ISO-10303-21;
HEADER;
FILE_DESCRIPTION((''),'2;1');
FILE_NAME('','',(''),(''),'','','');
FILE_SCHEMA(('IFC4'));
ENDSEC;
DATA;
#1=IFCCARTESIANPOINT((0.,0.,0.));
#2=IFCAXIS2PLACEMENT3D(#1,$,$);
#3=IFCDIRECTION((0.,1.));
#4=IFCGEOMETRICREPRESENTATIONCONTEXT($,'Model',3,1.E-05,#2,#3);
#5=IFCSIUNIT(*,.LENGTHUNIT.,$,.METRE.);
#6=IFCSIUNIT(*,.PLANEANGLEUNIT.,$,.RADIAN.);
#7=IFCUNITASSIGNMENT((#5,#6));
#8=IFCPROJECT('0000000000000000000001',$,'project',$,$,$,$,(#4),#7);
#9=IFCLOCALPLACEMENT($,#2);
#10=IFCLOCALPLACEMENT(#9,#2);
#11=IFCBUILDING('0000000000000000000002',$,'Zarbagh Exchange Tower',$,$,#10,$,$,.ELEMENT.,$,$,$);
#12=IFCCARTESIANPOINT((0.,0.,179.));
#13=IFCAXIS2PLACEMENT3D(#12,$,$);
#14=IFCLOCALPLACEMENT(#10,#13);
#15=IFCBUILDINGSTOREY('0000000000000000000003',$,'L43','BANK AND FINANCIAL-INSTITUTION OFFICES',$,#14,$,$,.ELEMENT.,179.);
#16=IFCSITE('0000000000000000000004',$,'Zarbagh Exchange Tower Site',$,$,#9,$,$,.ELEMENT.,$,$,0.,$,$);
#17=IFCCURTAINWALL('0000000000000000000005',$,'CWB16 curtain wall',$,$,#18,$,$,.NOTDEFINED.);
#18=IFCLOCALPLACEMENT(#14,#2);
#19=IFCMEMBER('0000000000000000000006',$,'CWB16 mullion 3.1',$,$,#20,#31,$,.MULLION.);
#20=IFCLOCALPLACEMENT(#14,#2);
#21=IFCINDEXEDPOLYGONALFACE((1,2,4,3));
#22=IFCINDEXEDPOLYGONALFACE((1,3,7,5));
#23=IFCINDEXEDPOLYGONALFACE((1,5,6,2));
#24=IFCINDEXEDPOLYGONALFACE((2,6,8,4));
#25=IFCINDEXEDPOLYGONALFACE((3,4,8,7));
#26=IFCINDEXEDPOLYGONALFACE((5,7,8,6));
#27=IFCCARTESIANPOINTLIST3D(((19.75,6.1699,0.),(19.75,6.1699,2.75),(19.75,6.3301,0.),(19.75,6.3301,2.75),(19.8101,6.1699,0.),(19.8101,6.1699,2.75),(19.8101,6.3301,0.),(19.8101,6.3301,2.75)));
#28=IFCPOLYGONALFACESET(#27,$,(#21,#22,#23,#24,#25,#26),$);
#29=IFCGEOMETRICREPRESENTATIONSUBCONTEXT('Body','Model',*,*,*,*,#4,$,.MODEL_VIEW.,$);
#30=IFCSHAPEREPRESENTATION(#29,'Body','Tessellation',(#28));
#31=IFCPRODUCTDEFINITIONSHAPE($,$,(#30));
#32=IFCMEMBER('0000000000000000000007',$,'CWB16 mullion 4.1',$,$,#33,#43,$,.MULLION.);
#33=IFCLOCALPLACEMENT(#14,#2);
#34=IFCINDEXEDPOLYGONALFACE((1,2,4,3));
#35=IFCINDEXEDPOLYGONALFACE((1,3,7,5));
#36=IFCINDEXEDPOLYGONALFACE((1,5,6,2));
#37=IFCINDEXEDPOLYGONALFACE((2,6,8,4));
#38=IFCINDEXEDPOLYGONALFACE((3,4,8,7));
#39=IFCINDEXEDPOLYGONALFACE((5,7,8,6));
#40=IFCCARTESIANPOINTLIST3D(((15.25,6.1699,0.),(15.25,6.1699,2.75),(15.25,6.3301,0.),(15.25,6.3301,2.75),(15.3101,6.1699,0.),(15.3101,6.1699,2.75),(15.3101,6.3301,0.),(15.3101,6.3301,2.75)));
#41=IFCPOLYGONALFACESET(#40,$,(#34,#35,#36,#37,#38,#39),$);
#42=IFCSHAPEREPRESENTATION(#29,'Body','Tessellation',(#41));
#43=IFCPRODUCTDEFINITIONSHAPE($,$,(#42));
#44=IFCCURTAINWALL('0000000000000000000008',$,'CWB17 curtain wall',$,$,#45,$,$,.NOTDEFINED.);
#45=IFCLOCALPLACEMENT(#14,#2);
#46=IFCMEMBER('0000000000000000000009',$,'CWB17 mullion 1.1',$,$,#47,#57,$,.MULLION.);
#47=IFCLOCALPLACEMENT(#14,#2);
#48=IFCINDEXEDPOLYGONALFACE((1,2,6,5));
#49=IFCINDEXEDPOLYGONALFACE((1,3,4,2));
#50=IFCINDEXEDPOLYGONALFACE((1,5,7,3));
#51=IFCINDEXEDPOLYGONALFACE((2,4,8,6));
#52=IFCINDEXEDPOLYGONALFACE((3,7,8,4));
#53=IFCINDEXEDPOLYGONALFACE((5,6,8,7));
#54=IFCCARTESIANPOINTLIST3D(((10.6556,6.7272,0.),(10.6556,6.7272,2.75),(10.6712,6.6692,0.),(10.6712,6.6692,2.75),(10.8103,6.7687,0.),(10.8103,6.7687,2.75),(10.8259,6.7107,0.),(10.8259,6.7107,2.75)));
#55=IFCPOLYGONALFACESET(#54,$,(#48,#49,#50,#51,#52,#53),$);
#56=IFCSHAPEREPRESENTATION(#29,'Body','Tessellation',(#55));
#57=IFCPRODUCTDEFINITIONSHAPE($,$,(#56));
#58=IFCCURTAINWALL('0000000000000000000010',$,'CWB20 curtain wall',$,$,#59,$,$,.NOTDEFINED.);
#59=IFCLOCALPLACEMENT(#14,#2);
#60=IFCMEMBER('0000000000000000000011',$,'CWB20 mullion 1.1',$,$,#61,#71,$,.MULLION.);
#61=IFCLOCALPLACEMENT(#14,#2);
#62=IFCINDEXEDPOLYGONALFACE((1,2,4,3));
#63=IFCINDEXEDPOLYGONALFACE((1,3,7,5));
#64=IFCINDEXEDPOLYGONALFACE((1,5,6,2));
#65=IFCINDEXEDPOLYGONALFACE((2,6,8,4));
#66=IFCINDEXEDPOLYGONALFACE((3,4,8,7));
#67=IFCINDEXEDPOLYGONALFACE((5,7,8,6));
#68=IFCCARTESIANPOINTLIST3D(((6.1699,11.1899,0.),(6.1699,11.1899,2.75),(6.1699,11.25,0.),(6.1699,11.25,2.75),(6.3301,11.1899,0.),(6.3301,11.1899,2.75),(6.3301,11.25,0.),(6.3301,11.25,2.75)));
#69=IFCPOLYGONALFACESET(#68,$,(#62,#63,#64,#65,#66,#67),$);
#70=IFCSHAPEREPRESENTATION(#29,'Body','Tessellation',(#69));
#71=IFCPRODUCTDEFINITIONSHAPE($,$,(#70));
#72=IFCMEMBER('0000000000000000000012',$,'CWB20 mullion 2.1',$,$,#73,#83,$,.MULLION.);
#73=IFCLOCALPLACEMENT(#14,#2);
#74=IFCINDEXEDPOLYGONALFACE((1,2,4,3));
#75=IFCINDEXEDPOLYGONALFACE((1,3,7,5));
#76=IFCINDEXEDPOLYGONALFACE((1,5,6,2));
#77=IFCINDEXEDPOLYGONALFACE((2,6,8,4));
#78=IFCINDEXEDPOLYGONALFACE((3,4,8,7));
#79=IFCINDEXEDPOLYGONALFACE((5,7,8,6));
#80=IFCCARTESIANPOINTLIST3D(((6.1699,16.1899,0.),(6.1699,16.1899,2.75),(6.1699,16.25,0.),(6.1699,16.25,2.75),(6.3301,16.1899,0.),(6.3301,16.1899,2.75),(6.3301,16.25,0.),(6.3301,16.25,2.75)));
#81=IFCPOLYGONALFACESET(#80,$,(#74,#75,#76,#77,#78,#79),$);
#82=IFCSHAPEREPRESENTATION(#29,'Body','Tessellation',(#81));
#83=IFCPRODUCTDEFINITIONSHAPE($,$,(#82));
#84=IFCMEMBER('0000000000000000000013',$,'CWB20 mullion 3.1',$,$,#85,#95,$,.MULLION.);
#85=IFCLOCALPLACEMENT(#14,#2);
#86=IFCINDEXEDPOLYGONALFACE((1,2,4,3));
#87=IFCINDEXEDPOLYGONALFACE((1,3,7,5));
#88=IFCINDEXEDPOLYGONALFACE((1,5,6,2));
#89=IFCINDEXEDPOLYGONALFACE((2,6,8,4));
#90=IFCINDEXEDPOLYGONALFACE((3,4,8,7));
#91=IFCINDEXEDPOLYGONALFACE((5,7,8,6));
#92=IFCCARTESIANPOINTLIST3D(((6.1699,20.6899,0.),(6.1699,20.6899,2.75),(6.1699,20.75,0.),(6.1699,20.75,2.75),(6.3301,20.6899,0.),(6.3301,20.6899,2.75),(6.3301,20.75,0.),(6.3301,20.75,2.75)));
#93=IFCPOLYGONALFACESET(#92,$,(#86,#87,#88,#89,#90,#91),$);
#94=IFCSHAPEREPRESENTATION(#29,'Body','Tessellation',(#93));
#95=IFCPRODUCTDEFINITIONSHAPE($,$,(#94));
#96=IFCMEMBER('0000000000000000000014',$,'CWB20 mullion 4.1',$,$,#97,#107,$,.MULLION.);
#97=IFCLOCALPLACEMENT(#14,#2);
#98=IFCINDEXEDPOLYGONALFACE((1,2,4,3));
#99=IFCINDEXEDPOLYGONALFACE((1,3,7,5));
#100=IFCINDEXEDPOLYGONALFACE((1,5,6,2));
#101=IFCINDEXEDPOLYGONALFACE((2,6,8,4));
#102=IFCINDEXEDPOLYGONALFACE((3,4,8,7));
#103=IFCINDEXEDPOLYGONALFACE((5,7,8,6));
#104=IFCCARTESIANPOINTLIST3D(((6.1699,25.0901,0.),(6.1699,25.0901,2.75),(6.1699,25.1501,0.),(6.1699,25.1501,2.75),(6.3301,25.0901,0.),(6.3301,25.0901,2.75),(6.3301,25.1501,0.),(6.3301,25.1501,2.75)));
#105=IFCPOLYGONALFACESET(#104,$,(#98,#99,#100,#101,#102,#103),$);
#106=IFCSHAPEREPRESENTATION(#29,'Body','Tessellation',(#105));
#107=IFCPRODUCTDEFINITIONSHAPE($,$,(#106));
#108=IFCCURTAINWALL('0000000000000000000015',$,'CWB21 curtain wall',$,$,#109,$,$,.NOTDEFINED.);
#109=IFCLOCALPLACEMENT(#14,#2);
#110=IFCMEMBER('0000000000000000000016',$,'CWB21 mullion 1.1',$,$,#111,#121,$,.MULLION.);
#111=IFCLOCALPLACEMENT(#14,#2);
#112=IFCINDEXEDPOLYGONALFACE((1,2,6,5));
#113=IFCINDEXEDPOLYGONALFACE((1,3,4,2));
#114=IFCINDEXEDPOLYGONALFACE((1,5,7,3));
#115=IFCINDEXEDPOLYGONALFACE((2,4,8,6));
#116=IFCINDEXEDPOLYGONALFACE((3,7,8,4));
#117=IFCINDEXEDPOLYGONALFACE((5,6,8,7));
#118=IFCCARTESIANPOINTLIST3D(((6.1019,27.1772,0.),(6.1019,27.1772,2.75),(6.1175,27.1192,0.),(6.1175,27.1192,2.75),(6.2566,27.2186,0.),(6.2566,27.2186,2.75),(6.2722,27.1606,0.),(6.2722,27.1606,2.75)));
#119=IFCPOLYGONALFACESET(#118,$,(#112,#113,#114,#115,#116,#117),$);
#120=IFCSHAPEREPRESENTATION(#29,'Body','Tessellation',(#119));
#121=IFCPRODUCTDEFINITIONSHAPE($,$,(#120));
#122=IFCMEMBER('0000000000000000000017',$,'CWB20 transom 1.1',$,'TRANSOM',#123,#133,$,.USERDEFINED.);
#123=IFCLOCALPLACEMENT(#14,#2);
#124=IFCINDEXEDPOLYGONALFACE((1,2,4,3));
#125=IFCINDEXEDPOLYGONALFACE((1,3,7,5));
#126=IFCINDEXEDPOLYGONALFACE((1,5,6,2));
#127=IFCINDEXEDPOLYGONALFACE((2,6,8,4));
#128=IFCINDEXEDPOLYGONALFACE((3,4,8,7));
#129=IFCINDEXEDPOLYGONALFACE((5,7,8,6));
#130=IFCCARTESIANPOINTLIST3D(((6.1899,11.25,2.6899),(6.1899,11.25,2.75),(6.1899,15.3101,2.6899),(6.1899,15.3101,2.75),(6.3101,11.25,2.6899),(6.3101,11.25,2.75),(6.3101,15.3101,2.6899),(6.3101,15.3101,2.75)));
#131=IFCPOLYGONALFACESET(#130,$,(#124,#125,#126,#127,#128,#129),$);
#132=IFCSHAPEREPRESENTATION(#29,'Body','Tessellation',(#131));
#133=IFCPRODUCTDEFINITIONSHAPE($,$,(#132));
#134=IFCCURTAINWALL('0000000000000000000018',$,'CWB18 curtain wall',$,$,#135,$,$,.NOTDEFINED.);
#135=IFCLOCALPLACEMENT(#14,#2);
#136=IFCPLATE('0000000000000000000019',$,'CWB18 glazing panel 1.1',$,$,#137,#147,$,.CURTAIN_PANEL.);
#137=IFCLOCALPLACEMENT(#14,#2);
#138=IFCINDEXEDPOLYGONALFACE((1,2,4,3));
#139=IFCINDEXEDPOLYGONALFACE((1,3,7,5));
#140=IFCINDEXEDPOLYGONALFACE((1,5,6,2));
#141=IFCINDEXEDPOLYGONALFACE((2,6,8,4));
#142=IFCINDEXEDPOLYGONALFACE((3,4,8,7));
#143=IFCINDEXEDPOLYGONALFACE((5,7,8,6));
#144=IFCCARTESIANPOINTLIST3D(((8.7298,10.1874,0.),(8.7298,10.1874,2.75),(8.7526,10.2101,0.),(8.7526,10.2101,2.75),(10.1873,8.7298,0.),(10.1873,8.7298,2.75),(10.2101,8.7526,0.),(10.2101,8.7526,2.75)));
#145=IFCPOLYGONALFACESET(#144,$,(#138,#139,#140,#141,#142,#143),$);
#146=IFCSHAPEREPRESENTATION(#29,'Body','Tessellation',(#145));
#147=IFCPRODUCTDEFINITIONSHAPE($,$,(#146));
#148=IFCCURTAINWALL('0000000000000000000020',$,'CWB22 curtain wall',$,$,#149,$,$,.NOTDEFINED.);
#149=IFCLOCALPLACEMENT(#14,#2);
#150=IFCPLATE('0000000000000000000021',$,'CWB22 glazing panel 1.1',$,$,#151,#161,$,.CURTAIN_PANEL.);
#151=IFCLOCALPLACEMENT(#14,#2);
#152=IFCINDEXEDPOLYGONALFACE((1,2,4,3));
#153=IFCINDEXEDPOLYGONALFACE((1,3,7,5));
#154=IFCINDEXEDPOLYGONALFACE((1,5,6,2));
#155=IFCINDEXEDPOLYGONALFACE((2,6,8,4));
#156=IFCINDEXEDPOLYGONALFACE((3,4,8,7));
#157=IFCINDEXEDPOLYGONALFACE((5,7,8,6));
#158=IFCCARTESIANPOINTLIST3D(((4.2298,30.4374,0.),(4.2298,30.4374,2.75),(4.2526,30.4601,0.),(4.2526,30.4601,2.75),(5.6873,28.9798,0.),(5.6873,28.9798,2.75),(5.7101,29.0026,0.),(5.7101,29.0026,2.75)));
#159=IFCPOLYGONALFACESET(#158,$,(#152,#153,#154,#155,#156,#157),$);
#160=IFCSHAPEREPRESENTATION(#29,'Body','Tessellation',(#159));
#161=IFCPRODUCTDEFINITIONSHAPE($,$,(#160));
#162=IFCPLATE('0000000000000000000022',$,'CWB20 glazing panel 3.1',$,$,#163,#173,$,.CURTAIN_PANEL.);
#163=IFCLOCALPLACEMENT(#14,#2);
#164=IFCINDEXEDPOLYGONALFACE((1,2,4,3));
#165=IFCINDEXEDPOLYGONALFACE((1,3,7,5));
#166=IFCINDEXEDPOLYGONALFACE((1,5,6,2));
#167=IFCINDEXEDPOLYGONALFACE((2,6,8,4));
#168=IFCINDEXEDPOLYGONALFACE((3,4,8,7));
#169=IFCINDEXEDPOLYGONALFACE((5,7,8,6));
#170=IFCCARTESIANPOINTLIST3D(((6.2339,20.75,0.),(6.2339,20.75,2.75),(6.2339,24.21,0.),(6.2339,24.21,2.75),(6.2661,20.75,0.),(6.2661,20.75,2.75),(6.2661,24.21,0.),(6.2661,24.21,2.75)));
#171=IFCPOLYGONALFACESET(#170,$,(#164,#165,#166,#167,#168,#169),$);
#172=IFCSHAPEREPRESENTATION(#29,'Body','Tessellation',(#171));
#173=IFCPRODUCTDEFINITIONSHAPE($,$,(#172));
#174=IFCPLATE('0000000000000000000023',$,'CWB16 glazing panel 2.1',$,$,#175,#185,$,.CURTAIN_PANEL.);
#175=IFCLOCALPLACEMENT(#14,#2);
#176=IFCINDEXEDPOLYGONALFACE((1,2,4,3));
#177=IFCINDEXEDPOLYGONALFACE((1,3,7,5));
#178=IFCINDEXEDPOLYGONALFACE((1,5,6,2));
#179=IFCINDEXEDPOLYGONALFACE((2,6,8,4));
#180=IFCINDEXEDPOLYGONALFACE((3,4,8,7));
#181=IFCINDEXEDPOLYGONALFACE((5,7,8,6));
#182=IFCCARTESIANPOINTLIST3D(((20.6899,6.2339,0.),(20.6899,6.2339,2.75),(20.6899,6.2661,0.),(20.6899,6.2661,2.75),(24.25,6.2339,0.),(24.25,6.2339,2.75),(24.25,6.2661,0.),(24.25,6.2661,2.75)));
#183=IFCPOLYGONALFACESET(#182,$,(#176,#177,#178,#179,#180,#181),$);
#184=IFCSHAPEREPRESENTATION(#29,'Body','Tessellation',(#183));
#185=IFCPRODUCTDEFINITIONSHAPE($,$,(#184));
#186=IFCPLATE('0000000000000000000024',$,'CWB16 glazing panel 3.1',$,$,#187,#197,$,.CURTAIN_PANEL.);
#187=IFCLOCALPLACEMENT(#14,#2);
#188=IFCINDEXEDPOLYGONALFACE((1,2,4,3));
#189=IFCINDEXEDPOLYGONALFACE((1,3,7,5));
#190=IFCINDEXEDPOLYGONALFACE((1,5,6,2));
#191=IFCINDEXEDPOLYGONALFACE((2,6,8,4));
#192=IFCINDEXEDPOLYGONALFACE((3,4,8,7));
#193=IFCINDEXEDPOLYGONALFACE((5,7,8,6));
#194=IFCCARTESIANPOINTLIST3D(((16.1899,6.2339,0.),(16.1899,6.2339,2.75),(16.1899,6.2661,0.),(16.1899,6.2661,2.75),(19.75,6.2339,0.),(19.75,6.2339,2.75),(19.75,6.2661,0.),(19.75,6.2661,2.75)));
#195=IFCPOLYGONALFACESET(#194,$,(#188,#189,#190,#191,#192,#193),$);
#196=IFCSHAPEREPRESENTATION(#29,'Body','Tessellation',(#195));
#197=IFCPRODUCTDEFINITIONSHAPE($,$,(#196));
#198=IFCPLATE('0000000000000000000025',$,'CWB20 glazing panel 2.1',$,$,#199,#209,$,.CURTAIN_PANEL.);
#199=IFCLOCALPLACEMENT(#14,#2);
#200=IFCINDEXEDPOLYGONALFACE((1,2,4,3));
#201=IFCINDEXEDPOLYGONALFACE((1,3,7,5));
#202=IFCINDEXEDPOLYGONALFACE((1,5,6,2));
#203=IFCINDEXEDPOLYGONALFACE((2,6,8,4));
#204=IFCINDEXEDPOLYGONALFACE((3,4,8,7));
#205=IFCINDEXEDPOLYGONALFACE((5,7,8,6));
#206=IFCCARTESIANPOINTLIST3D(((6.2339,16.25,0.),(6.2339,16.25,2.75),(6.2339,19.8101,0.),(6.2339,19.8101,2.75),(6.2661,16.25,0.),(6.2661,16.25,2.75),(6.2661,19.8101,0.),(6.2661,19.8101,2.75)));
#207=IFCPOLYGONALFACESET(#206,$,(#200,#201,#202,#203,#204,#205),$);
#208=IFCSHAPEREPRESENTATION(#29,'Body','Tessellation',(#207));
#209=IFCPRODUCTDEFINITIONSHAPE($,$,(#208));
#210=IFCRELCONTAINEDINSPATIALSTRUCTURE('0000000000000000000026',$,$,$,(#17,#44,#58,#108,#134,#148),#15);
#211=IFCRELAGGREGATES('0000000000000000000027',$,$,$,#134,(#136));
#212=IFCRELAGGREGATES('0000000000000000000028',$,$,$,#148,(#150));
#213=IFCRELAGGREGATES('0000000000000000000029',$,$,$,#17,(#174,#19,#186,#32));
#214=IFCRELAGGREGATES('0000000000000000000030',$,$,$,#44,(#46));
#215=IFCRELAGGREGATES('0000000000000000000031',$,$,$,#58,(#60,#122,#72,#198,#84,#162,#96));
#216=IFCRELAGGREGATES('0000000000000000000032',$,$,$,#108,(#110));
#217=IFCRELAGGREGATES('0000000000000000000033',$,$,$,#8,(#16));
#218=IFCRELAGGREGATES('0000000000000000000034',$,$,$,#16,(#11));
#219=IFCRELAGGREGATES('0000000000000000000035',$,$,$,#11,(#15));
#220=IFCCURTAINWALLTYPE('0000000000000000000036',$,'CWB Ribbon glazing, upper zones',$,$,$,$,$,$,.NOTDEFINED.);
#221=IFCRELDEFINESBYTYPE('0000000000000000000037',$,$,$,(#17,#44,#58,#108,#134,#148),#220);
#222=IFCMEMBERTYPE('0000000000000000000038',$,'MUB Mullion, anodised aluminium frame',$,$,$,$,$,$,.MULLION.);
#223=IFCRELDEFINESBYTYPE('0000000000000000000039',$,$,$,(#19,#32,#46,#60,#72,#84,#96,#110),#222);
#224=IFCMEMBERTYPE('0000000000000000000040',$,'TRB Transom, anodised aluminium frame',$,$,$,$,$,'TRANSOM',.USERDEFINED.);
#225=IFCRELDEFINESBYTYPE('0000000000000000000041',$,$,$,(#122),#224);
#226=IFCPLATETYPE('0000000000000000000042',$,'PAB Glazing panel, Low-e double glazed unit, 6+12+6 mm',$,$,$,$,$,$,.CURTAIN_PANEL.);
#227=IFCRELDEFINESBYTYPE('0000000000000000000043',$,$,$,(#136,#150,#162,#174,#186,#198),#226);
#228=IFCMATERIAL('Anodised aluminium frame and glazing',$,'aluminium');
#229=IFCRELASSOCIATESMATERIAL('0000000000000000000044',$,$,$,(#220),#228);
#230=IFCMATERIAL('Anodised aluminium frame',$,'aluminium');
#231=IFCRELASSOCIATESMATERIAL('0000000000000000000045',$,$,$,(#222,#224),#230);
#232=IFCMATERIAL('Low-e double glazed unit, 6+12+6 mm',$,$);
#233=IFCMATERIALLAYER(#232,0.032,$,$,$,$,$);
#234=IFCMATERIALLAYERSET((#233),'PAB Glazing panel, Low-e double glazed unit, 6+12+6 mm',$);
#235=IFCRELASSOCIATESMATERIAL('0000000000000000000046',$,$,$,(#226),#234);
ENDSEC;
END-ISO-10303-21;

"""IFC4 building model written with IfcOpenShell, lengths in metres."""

from ifc_helpers import new_model, si_unit, direction, frame, origin, place, context, subcontext, project, spatial, polyline, outline, extrude, source, transform, mapped, material, layer, layer_set, type_object, element, aggregate, save


model = new_model("IFC4")

# Units and contexts
model_context = context("Model", 3, precision=1e-05, world=origin(), true_north=direction((0.0, 1.0)))
body_context = subcontext(model_context, "Body", "Model", "MODEL_VIEW")
ifc_project = project(units=[si_unit("LENGTHUNIT", "METRE"), si_unit("PLANEANGLEUNIT", "RADIAN")], contexts=[model_context])

# Site, building, storey
site_placement = place(None, origin())
site = spatial("IfcSite", under=ifc_project, at=site_placement, Name="Zarbagh Exchange Tower Site", CompositionType="ELEMENT", RefElevation=0.0)
building_placement = place(site_placement, origin())
building = spatial("IfcBuilding", under=site, at=building_placement, Name="Zarbagh Exchange Tower", CompositionType="ELEMENT")
storey_placement = place(building_placement, frame((0.0, 0.0, 179.0)))
storey = spatial("IfcBuildingStorey", under=building, at=storey_placement, Name="L43", Description="BANK AND FINANCIAL-INSTITUTION OFFICES", CompositionType="ELEMENT", Elevation=179.0)

# Curtain wall, members
ifc_material_1 = material(Name="Anodised aluminium frame and glazing", Category="aluminium")
curtain_wall_type = type_object("IfcCurtainWallType", Name="CWB Ribbon glazing, upper zones", PredefinedType="NOTDEFINED", material=ifc_material_1)
curtain_wall_1_placement = place(storey_placement, origin())
curtain_wall_1 = element("IfcCurtainWall", 1, at=curtain_wall_1_placement, inside=storey, type_object=curtain_wall_type, Name="CWB16 curtain wall", PredefinedType="NOTDEFINED")
ifc_material_2 = material(Name="Anodised aluminium frame", Category="aluminium")
member_type_1 = type_object("IfcMemberType", Name="MUB Mullion, anodised aluminium frame", PredefinedType="MULLION", material=ifc_material_2)
shared_shape_1 = source(origin(), body_context, "Body", "SweptSolid", [
    extrude(outline(polyline([(0.0, -0.0801), (0.0601, -0.0801), (0.0601, 0.0801), (0.0, 0.0801), (0.0, -0.0801)])), origin(), (0.0, 0.0, 1.0), 2.75),
])
placement = place(storey_placement, origin())
member_1 = element("IfcMember", 2, at=placement, type_object=member_type_1, Name="CWB16 mullion 3.1", PredefinedType="MULLION", context=body_context, shape_type="MappedRepresentation", body=[
    mapped(shared_shape_1, transform((19.8101, 6.25, 0.0), x_axis=(-1.0, 0.0, 0.0), y_axis=(0.0, -1.0, 0.0), z_axis=(0.0, 0.0, 1.0))),
])
member_2 = element("IfcMember", 3, at=placement, type_object=member_type_1, Name="CWB16 mullion 4.1", PredefinedType="MULLION", context=body_context, shape_type="MappedRepresentation", body=[
    mapped(shared_shape_1, transform((15.3101, 6.25, 0.0), x_axis=(-1.0, 0.0, 0.0), y_axis=(0.0, -1.0, 0.0), z_axis=(0.0, 0.0, 1.0))),
])

# Curtain wall, member
curtain_wall_2_placement = place(storey_placement, origin())
curtain_wall_2 = element("IfcCurtainWall", 4, at=curtain_wall_2_placement, inside=storey, type_object=curtain_wall_type, Name="CWB17 curtain wall", PredefinedType="NOTDEFINED")
member_3 = element("IfcMember", 5, at=placement, type_object=member_type_1, Name="CWB17 mullion 1.1", PredefinedType="MULLION", context=body_context, shape_type="MappedRepresentation", body=[
    mapped(shared_shape_1, transform((10.7485, 6.6899, 0.0), x_axis=(-0.258825, 0.965924, 0.0), y_axis=(-0.965924, -0.258825, 0.0), z_axis=(0.0, 0.0, 1.0))),
])

# Curtain wall, members
curtain_wall_3_placement = place(storey_placement, origin())
curtain_wall_3 = element("IfcCurtainWall", 6, at=curtain_wall_3_placement, inside=storey, type_object=curtain_wall_type, Name="CWB20 curtain wall", PredefinedType="NOTDEFINED")
member_4 = element("IfcMember", 7, at=placement, type_object=member_type_1, Name="CWB20 mullion 1.1", PredefinedType="MULLION", context=body_context, shape_type="MappedRepresentation", body=[
    mapped(shared_shape_1, transform((6.25, 11.1899, 0.0), x_axis=(0.0, 1.0, 0.0), y_axis=(-1.0, 0.0, 0.0), z_axis=(0.0, 0.0, 1.0))),
])
member_5 = element("IfcMember", 8, at=placement, type_object=member_type_1, Name="CWB20 mullion 2.1", PredefinedType="MULLION", context=body_context, shape_type="MappedRepresentation", body=[
    mapped(shared_shape_1, transform((6.25, 16.1899, 0.0), x_axis=(0.0, 1.0, 0.0), y_axis=(-1.0, 0.0, 0.0), z_axis=(0.0, 0.0, 1.0))),
])
member_6 = element("IfcMember", 9, at=placement, type_object=member_type_1, Name="CWB20 mullion 3.1", PredefinedType="MULLION", context=body_context, shape_type="MappedRepresentation", body=[
    mapped(shared_shape_1, transform((6.25, 20.6899, 0.0), x_axis=(0.0, 1.0, 0.0), y_axis=(-1.0, 0.0, 0.0), z_axis=(0.0, 0.0, 1.0))),
])
member_7 = element("IfcMember", 10, at=placement, type_object=member_type_1, Name="CWB20 mullion 4.1", PredefinedType="MULLION", context=body_context, shape_type="MappedRepresentation", body=[
    mapped(shared_shape_1, transform((6.25, 25.0901, 0.0), x_axis=(0.0, 1.0, 0.0), y_axis=(-1.0, 0.0, 0.0), z_axis=(0.0, 0.0, 1.0))),
])

# Curtain wall, member
curtain_wall_4_placement = place(storey_placement, origin())
curtain_wall_4 = element("IfcCurtainWall", 11, at=curtain_wall_4_placement, inside=storey, type_object=curtain_wall_type, Name="CWB21 curtain wall", PredefinedType="NOTDEFINED")
member_8 = element("IfcMember", 12, at=placement, type_object=member_type_1, Name="CWB21 mullion 1.1", PredefinedType="MULLION", context=body_context, shape_type="MappedRepresentation", body=[
    mapped(shared_shape_1, transform((6.1948, 27.1399, 0.0), x_axis=(-0.258825, 0.965924, 0.0), y_axis=(-0.965924, -0.258825, 0.0), z_axis=(0.0, 0.0, 1.0))),
])

# Member
member_type_2 = type_object("IfcMemberType", Name="TRB Transom, anodised aluminium frame", ElementType="TRANSOM", PredefinedType="USERDEFINED", material=ifc_material_2)
shared_shape_2 = source(origin(), body_context, "Body", "SweptSolid", [
    extrude(outline(polyline([(-0.0601, -0.0601), (0.0, -0.0601), (0.0, 0.0601), (-0.0601, 0.0601), (-0.0601, -0.0601)])), origin(), (0.0, 0.0, 1.0), 4.0601),
])
member_9 = element("IfcMember", 13, at=placement, type_object=member_type_2, Name="CWB20 transom 1.1", ObjectType="TRANSOM", PredefinedType="USERDEFINED", context=body_context, shape_type="MappedRepresentation", body=[
    mapped(shared_shape_2, transform((6.25, 11.25, 2.75), x_axis=(0.0, 0.0, 1.0), y_axis=(1.0, 0.0, 0.0), z_axis=(0.0, 1.0, 0.0))),
])

# Curtain walls, plates
curtain_wall_5_placement = place(storey_placement, origin())
curtain_wall_5 = element("IfcCurtainWall", 14, at=curtain_wall_5_placement, inside=storey, type_object=curtain_wall_type, Name="CWB18 curtain wall", PredefinedType="NOTDEFINED")
ifc_material_3 = material(Name="Low-e double glazed unit, 6+12+6 mm")
ifc_layer = layer(ifc_material_3, 0.032)
ifc_layer_set = layer_set([ifc_layer], Name="PAB Glazing panel, Low-e double glazed unit, 6+12+6 mm")
plate_type = type_object("IfcPlateType", Name="PAB Glazing panel, Low-e double glazed unit, 6+12+6 mm", PredefinedType="CURTAIN_PANEL", material=ifc_layer_set)
shared_shape_3 = source(origin(), body_context, "Body", "SweptSolid", [
    extrude(outline(polyline([(0.0, -0.0161), (2.0613, -0.0161), (2.0613, 0.0161), (0.0, 0.0161), (0.0, -0.0161)])), origin(), (0.0, 0.0, 1.0), 2.75),
])
plate_1 = element("IfcPlate", 15, at=placement, type_object=plate_type, Name="CWB18 glazing panel 1.1", PredefinedType="CURTAIN_PANEL", context=body_context, shape_type="MappedRepresentation", body=[
    mapped(shared_shape_3, transform((10.1987, 8.7412, 0.0), x_axis=(-0.707107, 0.707107, 0.0), y_axis=(-0.707107, -0.707107, 0.0), z_axis=(0.0, 0.0, 1.0))),
])
aggregate(curtain_wall_5, [plate_1])
curtain_wall_6_placement = place(storey_placement, origin())
curtain_wall_6 = element("IfcCurtainWall", 16, at=curtain_wall_6_placement, inside=storey, type_object=curtain_wall_type, Name="CWB22 curtain wall", PredefinedType="NOTDEFINED")
plate_2 = element("IfcPlate", 17, at=placement, type_object=plate_type, Name="CWB22 glazing panel 1.1", PredefinedType="CURTAIN_PANEL", context=body_context, shape_type="MappedRepresentation", body=[
    mapped(shared_shape_3, transform((5.6987, 28.9912, 0.0), x_axis=(-0.707107, 0.707107, 0.0), y_axis=(-0.707107, -0.707107, 0.0), z_axis=(0.0, 0.0, 1.0))),
])
aggregate(curtain_wall_6, [plate_2])

# Plates
shared_shape_4 = source(origin(), body_context, "Body", "SweptSolid", [
    extrude(outline(polyline([(0.0, -0.0161), (3.46, -0.0161), (3.46, 0.0161), (0.0, 0.0161), (0.0, -0.0161)])), origin(), (0.0, 0.0, 1.0), 2.75),
])
plate_3 = element("IfcPlate", 18, at=placement, type_object=plate_type, Name="CWB20 glazing panel 3.1", PredefinedType="CURTAIN_PANEL", context=body_context, shape_type="MappedRepresentation", body=[
    mapped(shared_shape_4, transform((6.25, 20.75, 0.0), x_axis=(0.0, 1.0, 0.0), y_axis=(-1.0, 0.0, 0.0), z_axis=(0.0, 0.0, 1.0))),
])
shared_shape_5 = source(origin(), body_context, "Body", "SweptSolid", [
    extrude(outline(polyline([(0.0, -0.0161), (3.5601, -0.0161), (3.5601, 0.0161), (0.0, 0.0161), (0.0, -0.0161)])), origin(), (0.0, 0.0, 1.0), 2.75),
])
plate_4 = element("IfcPlate", 19, at=placement, type_object=plate_type, Name="CWB16 glazing panel 2.1", PredefinedType="CURTAIN_PANEL", context=body_context, shape_type="MappedRepresentation", body=[
    mapped(shared_shape_5, transform((24.25, 6.25, 0.0), x_axis=(-1.0, 0.0, 0.0), y_axis=(0.0, -1.0, 0.0), z_axis=(0.0, 0.0, 1.0))),
])
plate_5 = element("IfcPlate", 20, at=placement, type_object=plate_type, Name="CWB16 glazing panel 3.1", PredefinedType="CURTAIN_PANEL", context=body_context, shape_type="MappedRepresentation", body=[
    mapped(shared_shape_5, transform((19.75, 6.25, 0.0), x_axis=(-1.0, 0.0, 0.0), y_axis=(0.0, -1.0, 0.0), z_axis=(0.0, 0.0, 1.0))),
])
plate_6 = element("IfcPlate", 21, at=placement, type_object=plate_type, Name="CWB20 glazing panel 2.1", PredefinedType="CURTAIN_PANEL", context=body_context, shape_type="MappedRepresentation", body=[
    mapped(shared_shape_5, transform((6.25, 16.25, 0.0), x_axis=(0.0, 1.0, 0.0), y_axis=(-1.0, 0.0, 0.0), z_axis=(0.0, 0.0, 1.0))),
])
aggregate(curtain_wall_1, [plate_4, member_1, plate_5, member_2])
aggregate(curtain_wall_2, [member_3])

aggregate(curtain_wall_3, [member_4, member_9, member_5, plate_6, member_6, plate_3, member_7])
aggregate(curtain_wall_4, [member_8])

save(model, "model.ifc")
